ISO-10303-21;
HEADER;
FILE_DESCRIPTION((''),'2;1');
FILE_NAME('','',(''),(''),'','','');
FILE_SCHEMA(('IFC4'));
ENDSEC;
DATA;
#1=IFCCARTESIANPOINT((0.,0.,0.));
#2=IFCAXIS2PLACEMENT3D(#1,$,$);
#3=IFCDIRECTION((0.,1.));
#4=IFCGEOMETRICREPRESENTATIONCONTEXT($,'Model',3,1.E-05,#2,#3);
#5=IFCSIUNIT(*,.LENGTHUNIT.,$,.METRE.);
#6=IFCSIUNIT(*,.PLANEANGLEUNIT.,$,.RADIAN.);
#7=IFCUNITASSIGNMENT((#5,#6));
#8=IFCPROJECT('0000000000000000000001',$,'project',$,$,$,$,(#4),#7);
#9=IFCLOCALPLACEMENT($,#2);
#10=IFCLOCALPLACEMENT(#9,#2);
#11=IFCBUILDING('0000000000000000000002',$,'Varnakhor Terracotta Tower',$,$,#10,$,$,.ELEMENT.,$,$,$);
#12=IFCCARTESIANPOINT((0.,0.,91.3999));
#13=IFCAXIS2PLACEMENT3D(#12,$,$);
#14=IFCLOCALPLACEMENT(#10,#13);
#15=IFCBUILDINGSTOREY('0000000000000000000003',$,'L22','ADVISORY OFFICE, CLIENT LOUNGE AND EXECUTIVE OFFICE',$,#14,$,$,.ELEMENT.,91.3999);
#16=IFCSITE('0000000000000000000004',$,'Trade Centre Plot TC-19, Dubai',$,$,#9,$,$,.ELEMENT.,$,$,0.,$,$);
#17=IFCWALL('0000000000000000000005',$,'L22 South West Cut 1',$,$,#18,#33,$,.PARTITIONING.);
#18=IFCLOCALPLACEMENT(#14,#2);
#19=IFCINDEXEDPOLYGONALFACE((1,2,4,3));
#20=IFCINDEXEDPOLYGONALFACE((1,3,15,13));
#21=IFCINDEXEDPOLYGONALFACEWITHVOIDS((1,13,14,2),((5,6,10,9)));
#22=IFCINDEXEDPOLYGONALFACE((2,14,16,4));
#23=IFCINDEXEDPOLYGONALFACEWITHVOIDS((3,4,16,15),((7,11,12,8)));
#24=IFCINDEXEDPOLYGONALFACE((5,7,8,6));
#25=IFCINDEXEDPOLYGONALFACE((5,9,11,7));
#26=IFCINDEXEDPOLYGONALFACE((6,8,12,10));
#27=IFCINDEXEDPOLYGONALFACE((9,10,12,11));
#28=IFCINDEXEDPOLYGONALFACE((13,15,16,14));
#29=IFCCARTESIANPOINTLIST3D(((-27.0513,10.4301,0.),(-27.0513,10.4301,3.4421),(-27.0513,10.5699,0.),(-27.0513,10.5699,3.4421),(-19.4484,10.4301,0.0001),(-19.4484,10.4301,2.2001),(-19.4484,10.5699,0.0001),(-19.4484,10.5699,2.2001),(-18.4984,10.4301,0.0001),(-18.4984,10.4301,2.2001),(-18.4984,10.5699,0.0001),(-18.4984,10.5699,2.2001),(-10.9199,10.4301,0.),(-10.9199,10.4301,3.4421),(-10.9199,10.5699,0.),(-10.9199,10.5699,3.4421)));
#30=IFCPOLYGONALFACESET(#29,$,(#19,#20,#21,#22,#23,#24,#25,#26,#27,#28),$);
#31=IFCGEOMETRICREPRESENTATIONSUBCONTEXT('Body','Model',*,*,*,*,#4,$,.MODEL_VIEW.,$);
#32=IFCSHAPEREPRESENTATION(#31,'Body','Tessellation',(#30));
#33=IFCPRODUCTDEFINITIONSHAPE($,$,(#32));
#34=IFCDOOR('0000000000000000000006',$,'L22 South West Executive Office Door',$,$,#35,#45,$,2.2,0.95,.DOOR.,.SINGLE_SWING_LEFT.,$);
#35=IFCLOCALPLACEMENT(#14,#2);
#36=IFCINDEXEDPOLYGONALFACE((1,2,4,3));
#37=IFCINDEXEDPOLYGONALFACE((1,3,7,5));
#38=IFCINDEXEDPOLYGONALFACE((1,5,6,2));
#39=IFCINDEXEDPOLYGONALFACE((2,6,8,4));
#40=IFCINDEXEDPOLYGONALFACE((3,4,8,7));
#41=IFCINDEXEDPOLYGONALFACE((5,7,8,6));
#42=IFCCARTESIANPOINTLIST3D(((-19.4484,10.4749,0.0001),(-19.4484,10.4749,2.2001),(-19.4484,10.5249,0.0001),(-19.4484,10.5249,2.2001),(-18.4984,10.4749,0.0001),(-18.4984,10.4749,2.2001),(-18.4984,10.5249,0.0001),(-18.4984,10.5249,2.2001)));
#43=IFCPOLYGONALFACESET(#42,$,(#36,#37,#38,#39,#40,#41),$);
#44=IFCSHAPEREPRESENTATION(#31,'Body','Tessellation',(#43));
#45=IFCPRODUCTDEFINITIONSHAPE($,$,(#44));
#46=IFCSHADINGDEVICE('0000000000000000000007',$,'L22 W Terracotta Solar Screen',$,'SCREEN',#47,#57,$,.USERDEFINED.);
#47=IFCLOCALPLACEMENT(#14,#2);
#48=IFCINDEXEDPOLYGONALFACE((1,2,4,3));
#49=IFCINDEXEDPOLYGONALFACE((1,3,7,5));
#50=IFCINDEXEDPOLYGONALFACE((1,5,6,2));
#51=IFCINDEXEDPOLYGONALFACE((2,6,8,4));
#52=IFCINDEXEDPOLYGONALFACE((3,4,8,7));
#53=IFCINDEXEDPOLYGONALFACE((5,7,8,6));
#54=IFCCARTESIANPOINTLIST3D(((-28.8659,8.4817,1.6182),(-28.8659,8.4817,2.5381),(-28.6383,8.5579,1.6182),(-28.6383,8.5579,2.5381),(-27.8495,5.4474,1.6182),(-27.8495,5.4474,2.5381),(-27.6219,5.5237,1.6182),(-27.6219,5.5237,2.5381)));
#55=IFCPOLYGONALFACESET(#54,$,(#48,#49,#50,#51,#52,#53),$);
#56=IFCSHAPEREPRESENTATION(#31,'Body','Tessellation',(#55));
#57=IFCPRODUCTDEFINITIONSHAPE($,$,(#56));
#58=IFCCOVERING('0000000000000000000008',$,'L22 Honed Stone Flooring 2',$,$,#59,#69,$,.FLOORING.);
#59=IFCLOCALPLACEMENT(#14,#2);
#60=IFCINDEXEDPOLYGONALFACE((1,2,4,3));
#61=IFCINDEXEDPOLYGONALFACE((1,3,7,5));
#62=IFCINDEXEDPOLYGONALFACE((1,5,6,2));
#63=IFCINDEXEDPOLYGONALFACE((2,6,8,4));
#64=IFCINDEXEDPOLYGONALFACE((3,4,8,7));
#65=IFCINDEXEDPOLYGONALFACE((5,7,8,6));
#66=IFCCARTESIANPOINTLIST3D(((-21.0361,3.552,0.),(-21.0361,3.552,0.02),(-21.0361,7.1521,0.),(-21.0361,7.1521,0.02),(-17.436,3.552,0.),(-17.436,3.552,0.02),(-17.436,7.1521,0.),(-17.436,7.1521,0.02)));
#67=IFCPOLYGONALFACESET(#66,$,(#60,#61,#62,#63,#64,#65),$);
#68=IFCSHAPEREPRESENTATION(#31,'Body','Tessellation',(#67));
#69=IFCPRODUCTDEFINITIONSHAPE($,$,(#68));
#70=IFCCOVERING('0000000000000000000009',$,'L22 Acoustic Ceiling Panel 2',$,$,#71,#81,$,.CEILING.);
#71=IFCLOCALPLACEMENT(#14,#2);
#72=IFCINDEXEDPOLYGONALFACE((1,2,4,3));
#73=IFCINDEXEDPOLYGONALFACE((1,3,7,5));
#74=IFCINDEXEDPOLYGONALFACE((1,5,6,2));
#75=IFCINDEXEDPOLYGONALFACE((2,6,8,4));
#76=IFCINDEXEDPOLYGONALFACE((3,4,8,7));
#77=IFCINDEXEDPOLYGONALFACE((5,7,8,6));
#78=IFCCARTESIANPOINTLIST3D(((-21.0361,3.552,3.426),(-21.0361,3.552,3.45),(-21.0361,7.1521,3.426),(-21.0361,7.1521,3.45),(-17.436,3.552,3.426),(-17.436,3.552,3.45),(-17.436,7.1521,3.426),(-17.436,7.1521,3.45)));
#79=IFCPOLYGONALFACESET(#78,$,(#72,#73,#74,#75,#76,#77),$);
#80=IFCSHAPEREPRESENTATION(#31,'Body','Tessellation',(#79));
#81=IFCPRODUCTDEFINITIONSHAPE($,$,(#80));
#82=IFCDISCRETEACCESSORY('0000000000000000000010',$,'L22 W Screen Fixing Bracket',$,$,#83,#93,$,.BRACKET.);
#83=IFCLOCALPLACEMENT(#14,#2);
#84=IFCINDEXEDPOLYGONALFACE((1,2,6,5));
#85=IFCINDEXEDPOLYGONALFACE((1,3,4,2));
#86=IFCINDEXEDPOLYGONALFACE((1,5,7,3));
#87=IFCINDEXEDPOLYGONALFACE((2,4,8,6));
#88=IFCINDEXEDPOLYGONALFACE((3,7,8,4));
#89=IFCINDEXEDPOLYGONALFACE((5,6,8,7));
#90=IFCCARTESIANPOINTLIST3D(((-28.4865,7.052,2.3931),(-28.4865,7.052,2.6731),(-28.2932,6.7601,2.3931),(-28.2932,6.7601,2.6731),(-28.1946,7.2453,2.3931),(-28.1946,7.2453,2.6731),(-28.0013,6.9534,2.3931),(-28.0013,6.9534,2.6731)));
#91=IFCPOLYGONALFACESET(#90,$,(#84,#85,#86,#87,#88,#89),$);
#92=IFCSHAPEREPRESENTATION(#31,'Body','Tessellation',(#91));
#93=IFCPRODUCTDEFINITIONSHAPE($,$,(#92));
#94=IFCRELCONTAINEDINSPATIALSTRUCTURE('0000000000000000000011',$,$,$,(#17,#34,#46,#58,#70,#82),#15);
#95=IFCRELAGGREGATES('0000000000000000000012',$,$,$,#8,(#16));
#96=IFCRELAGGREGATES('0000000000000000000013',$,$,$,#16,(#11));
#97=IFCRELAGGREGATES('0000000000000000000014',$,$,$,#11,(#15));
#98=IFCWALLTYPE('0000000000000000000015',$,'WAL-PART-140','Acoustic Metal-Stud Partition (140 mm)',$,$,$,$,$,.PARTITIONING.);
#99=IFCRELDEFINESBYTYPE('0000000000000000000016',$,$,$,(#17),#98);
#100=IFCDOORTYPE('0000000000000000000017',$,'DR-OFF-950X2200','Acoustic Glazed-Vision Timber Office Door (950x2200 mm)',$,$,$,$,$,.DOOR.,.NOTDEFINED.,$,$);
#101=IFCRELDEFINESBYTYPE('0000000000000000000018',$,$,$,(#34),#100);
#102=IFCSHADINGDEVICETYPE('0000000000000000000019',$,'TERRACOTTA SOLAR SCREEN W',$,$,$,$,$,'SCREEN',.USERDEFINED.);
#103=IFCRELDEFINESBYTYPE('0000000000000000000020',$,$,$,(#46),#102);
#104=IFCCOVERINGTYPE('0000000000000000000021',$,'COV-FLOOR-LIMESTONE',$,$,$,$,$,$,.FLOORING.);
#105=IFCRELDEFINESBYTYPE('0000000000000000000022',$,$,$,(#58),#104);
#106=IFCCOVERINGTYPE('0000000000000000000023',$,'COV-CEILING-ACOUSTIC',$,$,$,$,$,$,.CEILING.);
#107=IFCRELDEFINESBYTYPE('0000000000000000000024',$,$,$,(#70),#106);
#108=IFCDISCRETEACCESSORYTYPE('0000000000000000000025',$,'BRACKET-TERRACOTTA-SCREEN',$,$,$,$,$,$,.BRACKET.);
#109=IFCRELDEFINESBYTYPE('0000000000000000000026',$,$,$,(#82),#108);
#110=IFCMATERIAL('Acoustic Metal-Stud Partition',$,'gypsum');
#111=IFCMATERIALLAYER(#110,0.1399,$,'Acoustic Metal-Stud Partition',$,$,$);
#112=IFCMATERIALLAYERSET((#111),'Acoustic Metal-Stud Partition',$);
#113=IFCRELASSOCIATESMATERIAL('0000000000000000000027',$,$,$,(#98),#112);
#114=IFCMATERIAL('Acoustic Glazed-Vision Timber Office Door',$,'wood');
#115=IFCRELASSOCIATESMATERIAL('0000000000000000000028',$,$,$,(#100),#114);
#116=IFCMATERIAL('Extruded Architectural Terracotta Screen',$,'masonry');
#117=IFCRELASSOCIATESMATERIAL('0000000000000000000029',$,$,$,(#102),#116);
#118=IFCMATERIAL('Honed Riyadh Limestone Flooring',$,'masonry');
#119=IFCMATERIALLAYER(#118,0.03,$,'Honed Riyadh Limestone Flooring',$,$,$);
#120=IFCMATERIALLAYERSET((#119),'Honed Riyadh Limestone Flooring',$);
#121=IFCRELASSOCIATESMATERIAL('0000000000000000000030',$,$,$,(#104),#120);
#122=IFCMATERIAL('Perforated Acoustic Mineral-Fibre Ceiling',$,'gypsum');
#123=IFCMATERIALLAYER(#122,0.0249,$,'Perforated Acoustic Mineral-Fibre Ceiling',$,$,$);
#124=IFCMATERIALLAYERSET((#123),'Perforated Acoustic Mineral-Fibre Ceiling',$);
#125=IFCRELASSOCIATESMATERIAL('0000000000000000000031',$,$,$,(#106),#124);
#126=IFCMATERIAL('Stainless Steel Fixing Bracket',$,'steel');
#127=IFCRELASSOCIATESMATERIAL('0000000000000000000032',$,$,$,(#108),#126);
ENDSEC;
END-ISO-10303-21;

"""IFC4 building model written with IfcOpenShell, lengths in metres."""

from ifc_helpers import new_model, si_unit, direction, frame, frame_2d, origin, origin_2d, place, context, subcontext, project, spatial, rectangle, extrude, source, transform, mapped, material, layer, layer_set, type_object, type_shapes, element, fill, save


model = new_model("IFC4")

# Units and contexts
model_context = context("Model", 3, precision=1e-05, world=origin(), true_north=direction((0.0, 1.0)))
body_context = subcontext(model_context, "Body", "Model", "MODEL_VIEW")
ifc_project = project(units=[si_unit("LENGTHUNIT", "METRE"), si_unit("PLANEANGLEUNIT", "RADIAN")], contexts=[model_context])

# Site, building, storey
site_placement = place(None, origin())
site = spatial("IfcSite", under=ifc_project, at=site_placement, Name="Trade Centre Plot TC-19, Dubai", CompositionType="ELEMENT", RefElevation=0.0)
building_placement = place(site_placement, origin())
building = spatial("IfcBuilding", under=site, at=building_placement, Name="Varnakhor Terracotta Tower", CompositionType="ELEMENT")
storey_placement = place(building_placement, frame((0.0, 0.0, 91.3999)))
storey = spatial("IfcBuildingStorey", under=building, at=storey_placement, Name="L22", Description="ADVISORY OFFICE, CLIENT LOUNGE AND EXECUTIVE OFFICE", CompositionType="ELEMENT", Elevation=91.3999)

# Wall, opening, door
ifc_material_1 = material(Name="Acoustic Metal-Stud Partition", Category="gypsum")
ifc_layer_1 = layer(ifc_material_1, 0.1399, Name="Acoustic Metal-Stud Partition")
ifc_layer_set_1 = layer_set([ifc_layer_1], Name="Acoustic Metal-Stud Partition")
wall_type = type_object("IfcWallType", Name="WAL-PART-140", Description="Acoustic Metal-Stud Partition (140 mm)", PredefinedType="PARTITIONING", material=ifc_layer_set_1)
wall_placement = place(storey_placement, frame((-27.0513, 10.5, 0.0), z_axis=(0.0, 0.0, 1.0), x_axis=(1.0, 0.0, 0.0)))
wall = element("IfcWall", 1, at=wall_placement, inside=storey, type_object=wall_type, Name="L22 South West Cut 1", PredefinedType="PARTITIONING", context=body_context, shape_type="SweptSolid", body=[
    extrude(rectangle(XDim=16.1313, YDim=0.1399, at=frame_2d((8.0657, 0.0))), origin(), (0.0, 0.0, 1.0), 3.4421),
])
opening_placement = place(wall_placement, frame((7.6028, 0.0, 0.0)))
opening = element("IfcOpeningElement", 2, at=opening_placement, cuts=wall, PredefinedType="OPENING", context=body_context, shape_type="SweptSolid", body=[
    extrude(rectangle(XDim=0.95, YDim=2.2, at=frame_2d((0.4751, 1.1001))), frame((0.0, 0.0801, 0.0), z_axis=(0.0, -1.0, 0.0), x_axis=(1.0, 0.0, 0.0)), (0.0, 0.0, 1.0), 0.1599),
])
ifc_material_2 = material(Name="Acoustic Glazed-Vision Timber Office Door", Category="wood")
door_type = type_object("IfcDoorType", Name="DR-OFF-950X2200", Description="Acoustic Glazed-Vision Timber Office Door (950x2200 mm)", OperationType="NOTDEFINED", PredefinedType="DOOR", material=ifc_material_2)
shared_shape_1 = source(origin(), body_context, "Body", "SweptSolid", [
    extrude(rectangle(XDim=0.95, YDim=2.2, at=frame_2d((0.4751, 1.1001))), frame((0.0, 0.0249, 0.0), z_axis=(0.0, -1.0, 0.0), x_axis=(1.0, 0.0, 0.0)), (0.0, 0.0, 1.0), 0.05),
])
type_shapes(door_type, [shared_shape_1])
door_placement = place(opening_placement, origin())
door = element("IfcDoor", 3, at=door_placement, inside=storey, type_object=door_type, Name="L22 South West Executive Office Door", OperationType="SINGLE_SWING_LEFT", OverallHeight=2.2, OverallWidth=0.95, PredefinedType="DOOR", context=body_context, shape_type="MappedRepresentation", body=[
    mapped(shared_shape_1, transform((0.0, 0.0, 0.0), scale=1.0)),
])
fill(opening, door)

# Shading device
ifc_material_3 = material(Name="Extruded Architectural Terracotta Screen", Category="masonry")
shading_device_type = type_object("IfcShadingDeviceType", Name="TERRACOTTA SOLAR SCREEN W", ElementType="SCREEN", PredefinedType="USERDEFINED", material=ifc_material_3)
shared_shape_2 = source(origin(), body_context, "Body", "SweptSolid", [
    extrude(rectangle(XDim=3.2, YDim=0.24, at=origin_2d()), origin(), (0.0, 0.0, 1.0), 0.9199),
])
type_shapes(shading_device_type, [shared_shape_2])
shading_device_placement = place(storey_placement, frame((-28.2439, 7.0027, 1.6182), z_axis=(0.0, 0.0, 1.0), x_axis=(0.317619, -0.948218, 0.0)))
element("IfcShadingDevice", 4, at=shading_device_placement, inside=storey, type_object=shading_device_type, Name="L22 W Terracotta Solar Screen", ObjectType="SCREEN", PredefinedType="USERDEFINED", context=body_context, shape_type="MappedRepresentation", body=[
    mapped(shared_shape_2, transform((0.0, 0.0, 0.0), scale=1.0)),
])

# Coverings
ifc_material_4 = material(Name="Honed Riyadh Limestone Flooring", Category="masonry")
ifc_layer_2 = layer(ifc_material_4, 0.03, Name="Honed Riyadh Limestone Flooring")
ifc_layer_set_2 = layer_set([ifc_layer_2], Name="Honed Riyadh Limestone Flooring")
covering_type_1 = type_object("IfcCoveringType", Name="COV-FLOOR-LIMESTONE", PredefinedType="FLOORING", material=ifc_layer_set_2)
shared_shape_3 = source(origin(), body_context, "Body", "SweptSolid", [
    extrude(rectangle(XDim=3.6001, YDim=3.6001, at=origin_2d()), origin(), (0.0, 0.0, 1.0), 0.02),
])
covering_1_placement = place(storey_placement, frame((-19.2361, 5.3521, 0.0), z_axis=(0.0, 0.0, 1.0), x_axis=(1.0, 0.0, 0.0)))
element("IfcCovering", 5, at=covering_1_placement, inside=storey, type_object=covering_type_1, Name="L22 Honed Stone Flooring 2", PredefinedType="FLOORING", context=body_context, shape_type="MappedRepresentation", body=[
    mapped(shared_shape_3, transform((0.0, 0.0, 0.0), scale=1.0)),
])
ifc_material_5 = material(Name="Perforated Acoustic Mineral-Fibre Ceiling", Category="gypsum")
ifc_layer_3 = layer(ifc_material_5, 0.0249, Name="Perforated Acoustic Mineral-Fibre Ceiling")
ifc_layer_set_3 = layer_set([ifc_layer_3], Name="Perforated Acoustic Mineral-Fibre Ceiling")
covering_type_2 = type_object("IfcCoveringType", Name="COV-CEILING-ACOUSTIC", PredefinedType="CEILING", material=ifc_layer_set_3)
shared_shape_4 = source(origin(), body_context, "Body", "SweptSolid", [
    extrude(rectangle(XDim=3.6001, YDim=3.6001, at=origin_2d()), origin(), (0.0, 0.0, 1.0), 0.0239),
])
covering_2_placement = place(storey_placement, frame((-19.2361, 5.3521, 3.426), z_axis=(0.0, 0.0, 1.0), x_axis=(1.0, 0.0, 0.0)))
element("IfcCovering", 6, at=covering_2_placement, inside=storey, type_object=covering_type_2, Name="L22 Acoustic Ceiling Panel 2", PredefinedType="CEILING", context=body_context, shape_type="MappedRepresentation", body=[
    mapped(shared_shape_4, transform((0.0, 0.0, 0.0), scale=1.0)),
])

# Discrete accessory
ifc_material_6 = material(Name="Stainless Steel Fixing Bracket", Category="steel")
discrete_accessory_type = type_object("IfcDiscreteAccessoryType", Name="BRACKET-TERRACOTTA-SCREEN", PredefinedType="BRACKET", material=ifc_material_6)
shared_shape_5 = source(origin(), body_context, "Body", "SweptSolid", [
    extrude(rectangle(XDim=0.3501, YDim=0.3501, at=origin_2d()), origin(), (0.0, 0.0, 1.0), 0.28),
])
type_shapes(discrete_accessory_type, [shared_shape_5])
discrete_accessory_placement = place(storey_placement, frame((-28.2439, 7.0027, 2.3931), z_axis=(0.0, 0.0, 1.0), x_axis=(0.552213, -0.833703, 0.0)))
element("IfcDiscreteAccessory", 7, at=discrete_accessory_placement, inside=storey, type_object=discrete_accessory_type, Name="L22 W Screen Fixing Bracket", PredefinedType="BRACKET", context=body_context, shape_type="MappedRepresentation", body=[
    mapped(shared_shape_5, transform((0.0, 0.0, 0.0), scale=1.0)),
])

save(model, "model.ifc")
